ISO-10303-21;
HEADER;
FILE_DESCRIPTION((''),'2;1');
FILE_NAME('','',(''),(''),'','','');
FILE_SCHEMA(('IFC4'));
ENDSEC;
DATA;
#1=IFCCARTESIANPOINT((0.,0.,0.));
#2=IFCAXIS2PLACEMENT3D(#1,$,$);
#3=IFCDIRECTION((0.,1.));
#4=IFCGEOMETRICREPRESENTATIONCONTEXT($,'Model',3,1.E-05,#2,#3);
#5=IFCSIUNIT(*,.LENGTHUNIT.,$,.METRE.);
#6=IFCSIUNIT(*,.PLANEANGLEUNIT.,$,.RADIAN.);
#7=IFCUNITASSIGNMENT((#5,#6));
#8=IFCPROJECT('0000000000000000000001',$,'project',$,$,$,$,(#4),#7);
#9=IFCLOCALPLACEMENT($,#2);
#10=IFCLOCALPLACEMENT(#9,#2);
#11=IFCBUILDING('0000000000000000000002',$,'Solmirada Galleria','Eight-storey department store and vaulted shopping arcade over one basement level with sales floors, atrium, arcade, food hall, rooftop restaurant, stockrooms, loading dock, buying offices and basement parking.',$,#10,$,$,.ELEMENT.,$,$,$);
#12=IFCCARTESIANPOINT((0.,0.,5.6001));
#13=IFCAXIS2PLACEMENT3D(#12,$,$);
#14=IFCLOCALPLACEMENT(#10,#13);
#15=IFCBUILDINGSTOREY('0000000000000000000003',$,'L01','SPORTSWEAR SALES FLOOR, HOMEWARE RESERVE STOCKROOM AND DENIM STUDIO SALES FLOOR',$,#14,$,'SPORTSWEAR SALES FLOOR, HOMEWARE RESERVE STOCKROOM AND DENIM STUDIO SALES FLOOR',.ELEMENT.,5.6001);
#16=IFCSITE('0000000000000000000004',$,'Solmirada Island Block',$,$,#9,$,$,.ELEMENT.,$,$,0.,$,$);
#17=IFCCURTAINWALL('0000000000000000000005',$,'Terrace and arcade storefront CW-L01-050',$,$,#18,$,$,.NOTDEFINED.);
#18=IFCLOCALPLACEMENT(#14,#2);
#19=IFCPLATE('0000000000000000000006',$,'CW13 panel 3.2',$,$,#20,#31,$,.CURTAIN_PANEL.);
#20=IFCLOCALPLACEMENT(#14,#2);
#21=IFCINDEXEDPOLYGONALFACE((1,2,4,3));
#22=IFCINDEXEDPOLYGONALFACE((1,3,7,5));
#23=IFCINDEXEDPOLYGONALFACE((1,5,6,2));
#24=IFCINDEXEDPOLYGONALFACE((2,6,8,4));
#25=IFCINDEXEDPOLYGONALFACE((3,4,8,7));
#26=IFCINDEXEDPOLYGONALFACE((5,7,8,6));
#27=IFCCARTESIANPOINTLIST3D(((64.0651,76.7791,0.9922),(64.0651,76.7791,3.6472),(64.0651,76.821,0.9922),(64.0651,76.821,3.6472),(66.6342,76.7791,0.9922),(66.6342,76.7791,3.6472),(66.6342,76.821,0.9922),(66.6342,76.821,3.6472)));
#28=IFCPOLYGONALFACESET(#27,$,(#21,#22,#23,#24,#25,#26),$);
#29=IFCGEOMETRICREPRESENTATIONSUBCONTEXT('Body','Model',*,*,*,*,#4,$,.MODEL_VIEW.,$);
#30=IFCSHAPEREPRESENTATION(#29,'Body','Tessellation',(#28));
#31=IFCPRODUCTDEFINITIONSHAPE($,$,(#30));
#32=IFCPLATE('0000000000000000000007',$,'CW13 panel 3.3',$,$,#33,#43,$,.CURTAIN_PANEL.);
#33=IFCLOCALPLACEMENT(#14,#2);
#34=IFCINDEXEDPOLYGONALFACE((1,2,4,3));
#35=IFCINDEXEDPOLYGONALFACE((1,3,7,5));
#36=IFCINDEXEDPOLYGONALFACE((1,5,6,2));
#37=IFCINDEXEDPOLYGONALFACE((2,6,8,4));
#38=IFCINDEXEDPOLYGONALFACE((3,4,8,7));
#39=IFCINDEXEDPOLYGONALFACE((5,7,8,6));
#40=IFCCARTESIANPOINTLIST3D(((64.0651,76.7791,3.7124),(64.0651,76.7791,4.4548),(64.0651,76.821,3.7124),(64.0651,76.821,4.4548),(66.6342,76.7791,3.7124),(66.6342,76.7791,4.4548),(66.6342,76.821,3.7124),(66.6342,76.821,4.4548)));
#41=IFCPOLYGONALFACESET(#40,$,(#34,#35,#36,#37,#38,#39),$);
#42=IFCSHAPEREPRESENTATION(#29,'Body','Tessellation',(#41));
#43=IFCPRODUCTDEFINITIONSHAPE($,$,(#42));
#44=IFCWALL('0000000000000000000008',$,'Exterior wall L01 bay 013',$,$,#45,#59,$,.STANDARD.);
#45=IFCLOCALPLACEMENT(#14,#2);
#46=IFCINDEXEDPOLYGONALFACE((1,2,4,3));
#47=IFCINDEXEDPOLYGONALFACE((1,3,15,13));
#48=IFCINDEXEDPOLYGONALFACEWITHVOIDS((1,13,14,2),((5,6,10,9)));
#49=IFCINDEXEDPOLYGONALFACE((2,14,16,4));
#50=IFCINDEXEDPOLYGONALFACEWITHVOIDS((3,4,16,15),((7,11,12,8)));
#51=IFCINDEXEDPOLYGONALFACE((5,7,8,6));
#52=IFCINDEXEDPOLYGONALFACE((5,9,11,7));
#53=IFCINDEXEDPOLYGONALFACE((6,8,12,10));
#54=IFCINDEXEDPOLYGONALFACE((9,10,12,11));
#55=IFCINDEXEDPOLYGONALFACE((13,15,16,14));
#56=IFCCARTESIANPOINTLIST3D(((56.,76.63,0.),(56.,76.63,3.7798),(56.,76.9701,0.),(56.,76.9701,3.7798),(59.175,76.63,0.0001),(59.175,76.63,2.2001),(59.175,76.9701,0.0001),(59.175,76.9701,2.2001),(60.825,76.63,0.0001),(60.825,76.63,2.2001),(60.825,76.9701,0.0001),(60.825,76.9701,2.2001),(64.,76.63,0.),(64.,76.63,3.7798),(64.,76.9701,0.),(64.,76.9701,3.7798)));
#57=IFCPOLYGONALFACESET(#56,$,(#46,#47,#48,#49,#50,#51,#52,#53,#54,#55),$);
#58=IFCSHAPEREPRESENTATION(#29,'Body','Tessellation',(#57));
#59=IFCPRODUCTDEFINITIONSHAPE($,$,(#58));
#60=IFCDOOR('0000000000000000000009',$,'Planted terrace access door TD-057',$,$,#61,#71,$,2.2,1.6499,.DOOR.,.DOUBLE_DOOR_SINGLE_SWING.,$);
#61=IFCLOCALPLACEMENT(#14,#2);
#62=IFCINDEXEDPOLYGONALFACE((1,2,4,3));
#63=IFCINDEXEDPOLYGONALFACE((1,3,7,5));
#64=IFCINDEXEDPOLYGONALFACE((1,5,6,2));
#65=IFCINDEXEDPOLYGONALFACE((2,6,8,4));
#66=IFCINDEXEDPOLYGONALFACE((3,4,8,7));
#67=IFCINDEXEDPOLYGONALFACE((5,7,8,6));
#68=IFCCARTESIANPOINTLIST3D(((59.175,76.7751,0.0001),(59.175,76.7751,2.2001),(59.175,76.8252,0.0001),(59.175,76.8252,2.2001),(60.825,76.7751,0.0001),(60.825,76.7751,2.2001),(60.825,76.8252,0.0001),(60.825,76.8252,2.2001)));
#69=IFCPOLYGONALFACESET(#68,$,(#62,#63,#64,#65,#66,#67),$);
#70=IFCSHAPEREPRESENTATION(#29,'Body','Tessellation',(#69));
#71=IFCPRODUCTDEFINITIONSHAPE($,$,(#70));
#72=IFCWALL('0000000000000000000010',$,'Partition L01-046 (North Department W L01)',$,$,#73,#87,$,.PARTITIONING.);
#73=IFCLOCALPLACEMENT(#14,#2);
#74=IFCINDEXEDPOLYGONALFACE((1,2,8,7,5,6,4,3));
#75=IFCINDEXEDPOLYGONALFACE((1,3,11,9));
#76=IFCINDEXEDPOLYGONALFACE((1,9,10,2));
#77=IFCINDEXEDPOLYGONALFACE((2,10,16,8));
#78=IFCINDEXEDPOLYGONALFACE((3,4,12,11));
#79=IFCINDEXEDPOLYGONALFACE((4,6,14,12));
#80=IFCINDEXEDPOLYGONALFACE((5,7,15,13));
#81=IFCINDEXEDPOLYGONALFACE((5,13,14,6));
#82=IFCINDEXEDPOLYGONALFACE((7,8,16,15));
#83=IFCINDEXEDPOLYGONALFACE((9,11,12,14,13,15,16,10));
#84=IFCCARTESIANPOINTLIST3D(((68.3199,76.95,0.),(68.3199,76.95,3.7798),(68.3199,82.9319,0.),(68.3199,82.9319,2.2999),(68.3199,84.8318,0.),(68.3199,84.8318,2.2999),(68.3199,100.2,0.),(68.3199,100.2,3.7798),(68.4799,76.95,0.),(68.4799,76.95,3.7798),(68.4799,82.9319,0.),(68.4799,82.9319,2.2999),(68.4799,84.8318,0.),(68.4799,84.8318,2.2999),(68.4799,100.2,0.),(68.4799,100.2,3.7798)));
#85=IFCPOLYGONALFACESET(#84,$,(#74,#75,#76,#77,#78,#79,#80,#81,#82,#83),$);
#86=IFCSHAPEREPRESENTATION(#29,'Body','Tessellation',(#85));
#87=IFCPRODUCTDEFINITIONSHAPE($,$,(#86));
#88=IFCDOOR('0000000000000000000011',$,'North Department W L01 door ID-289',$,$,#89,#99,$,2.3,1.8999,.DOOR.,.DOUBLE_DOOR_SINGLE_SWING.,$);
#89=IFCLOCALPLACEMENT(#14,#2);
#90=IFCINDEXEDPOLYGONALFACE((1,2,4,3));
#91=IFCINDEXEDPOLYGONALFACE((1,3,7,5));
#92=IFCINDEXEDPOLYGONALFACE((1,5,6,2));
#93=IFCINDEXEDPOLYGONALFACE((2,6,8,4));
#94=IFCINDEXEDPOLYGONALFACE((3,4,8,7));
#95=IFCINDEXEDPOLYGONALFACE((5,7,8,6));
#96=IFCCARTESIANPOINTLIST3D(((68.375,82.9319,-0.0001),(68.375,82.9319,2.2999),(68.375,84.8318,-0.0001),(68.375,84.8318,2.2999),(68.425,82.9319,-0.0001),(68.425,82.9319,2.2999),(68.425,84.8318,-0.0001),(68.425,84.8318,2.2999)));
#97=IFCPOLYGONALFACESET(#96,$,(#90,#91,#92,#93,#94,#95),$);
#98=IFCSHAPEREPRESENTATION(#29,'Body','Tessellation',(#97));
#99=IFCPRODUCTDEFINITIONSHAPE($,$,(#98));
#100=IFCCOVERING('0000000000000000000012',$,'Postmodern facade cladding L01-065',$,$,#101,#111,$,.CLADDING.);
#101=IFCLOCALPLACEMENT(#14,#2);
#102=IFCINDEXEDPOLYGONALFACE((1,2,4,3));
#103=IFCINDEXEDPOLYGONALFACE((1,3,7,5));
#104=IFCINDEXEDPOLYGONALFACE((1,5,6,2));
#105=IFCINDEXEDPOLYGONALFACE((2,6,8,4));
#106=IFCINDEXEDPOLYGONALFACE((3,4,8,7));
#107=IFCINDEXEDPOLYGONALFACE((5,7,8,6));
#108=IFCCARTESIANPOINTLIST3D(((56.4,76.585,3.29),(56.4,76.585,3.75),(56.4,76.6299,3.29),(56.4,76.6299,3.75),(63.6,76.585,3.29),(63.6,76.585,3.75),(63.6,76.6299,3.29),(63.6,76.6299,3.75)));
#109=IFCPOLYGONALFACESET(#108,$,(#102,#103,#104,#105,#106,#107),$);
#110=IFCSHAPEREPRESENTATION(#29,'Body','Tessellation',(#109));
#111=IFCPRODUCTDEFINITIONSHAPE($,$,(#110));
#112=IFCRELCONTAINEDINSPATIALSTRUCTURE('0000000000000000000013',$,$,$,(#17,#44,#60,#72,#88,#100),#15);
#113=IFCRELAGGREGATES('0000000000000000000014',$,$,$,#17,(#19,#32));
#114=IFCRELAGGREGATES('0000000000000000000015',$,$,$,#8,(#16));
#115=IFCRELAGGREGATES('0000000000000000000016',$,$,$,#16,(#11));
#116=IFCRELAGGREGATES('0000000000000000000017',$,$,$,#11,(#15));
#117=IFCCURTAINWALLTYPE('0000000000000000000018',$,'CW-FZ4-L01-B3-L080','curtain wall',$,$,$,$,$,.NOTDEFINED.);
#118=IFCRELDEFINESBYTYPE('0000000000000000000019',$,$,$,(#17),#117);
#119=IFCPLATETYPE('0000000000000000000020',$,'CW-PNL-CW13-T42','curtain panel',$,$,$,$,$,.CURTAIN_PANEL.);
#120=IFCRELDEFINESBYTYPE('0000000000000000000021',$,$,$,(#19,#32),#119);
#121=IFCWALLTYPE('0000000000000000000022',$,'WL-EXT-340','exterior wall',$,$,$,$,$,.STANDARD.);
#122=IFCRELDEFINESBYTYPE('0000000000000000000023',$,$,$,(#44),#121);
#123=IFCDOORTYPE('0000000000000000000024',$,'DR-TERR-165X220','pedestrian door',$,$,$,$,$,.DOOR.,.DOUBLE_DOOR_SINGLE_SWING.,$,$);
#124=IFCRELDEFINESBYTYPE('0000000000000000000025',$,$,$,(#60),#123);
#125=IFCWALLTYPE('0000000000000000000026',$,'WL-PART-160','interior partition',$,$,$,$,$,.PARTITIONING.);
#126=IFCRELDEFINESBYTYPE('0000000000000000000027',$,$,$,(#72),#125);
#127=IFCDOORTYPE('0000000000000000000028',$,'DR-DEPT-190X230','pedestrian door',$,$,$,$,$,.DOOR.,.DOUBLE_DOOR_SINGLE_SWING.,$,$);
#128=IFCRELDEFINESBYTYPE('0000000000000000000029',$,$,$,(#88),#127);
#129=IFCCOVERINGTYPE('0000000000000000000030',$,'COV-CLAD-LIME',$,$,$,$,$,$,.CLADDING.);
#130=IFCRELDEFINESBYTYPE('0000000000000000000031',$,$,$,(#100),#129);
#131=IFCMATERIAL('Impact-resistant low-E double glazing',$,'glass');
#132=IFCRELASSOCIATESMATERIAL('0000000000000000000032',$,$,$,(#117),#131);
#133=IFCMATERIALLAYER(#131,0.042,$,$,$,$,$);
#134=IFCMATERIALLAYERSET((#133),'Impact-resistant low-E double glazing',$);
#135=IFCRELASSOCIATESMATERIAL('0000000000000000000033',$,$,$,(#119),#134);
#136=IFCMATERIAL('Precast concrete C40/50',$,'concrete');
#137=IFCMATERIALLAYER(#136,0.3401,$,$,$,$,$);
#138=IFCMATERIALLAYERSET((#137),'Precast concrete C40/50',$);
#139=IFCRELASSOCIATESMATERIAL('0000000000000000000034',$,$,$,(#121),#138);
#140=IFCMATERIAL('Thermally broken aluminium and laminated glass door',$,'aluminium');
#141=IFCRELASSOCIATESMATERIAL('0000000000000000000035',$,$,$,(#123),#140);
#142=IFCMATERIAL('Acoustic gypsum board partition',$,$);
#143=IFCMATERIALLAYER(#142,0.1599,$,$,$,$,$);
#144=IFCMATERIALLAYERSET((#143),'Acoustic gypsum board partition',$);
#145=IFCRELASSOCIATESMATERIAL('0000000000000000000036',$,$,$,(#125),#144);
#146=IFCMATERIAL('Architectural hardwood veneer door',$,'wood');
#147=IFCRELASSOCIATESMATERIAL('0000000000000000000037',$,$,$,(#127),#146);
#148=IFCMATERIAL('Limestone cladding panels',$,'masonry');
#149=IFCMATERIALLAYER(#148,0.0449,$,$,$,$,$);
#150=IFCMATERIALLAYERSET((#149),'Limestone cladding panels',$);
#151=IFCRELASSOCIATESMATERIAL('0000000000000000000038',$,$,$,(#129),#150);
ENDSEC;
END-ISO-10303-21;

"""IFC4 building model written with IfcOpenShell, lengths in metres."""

from ifc_helpers import new_model, si_unit, direction, frame, frame_2d, origin, origin_2d, place, context, subcontext, project, spatial, rectangle, extrude, material, layer, layer_set, type_object, element, fill, aggregate, save


model = new_model("IFC4")

# Units and contexts
model_context = context("Model", 3, precision=1e-05, world=origin(), true_north=direction((0.0, 1.0)))
body_context = subcontext(model_context, "Body", "Model", "MODEL_VIEW")
ifc_project = project(units=[si_unit("LENGTHUNIT", "METRE"), si_unit("PLANEANGLEUNIT", "RADIAN")], contexts=[model_context])

# Site, building, storey
site_placement = place(None, origin())
site = spatial("IfcSite", under=ifc_project, at=site_placement, Name="Solmirada Island Block", CompositionType="ELEMENT", RefElevation=0.0)
building_placement = place(site_placement, origin())
building = spatial("IfcBuilding", under=site, at=building_placement, Name="Solmirada Galleria", Description="Eight-storey department store and vaulted shopping arcade over one basement level with sales floors, atrium, arcade, food hall, rooftop restaurant, stockrooms, loading dock, buying offices and basement parking.", CompositionType="ELEMENT")
storey_placement = place(building_placement, frame((0.0, 0.0, 5.6001)))
storey = spatial("IfcBuildingStorey", under=building, at=storey_placement, Name="L01", Description="SPORTSWEAR SALES FLOOR, HOMEWARE RESERVE STOCKROOM AND DENIM STUDIO SALES FLOOR", LongName="SPORTSWEAR SALES FLOOR, HOMEWARE RESERVE STOCKROOM AND DENIM STUDIO SALES FLOOR", CompositionType="ELEMENT", Elevation=5.6001)

# Curtain wall, plates
ifc_material_1 = material(Name="Impact-resistant low-E double glazing", Category="glass")
curtain_wall_type = type_object("IfcCurtainWallType", Name="CW-FZ4-L01-B3-L080", Description="curtain wall", PredefinedType="NOTDEFINED", material=ifc_material_1)
curtain_wall_placement = place(storey_placement, origin())
curtain_wall = element("IfcCurtainWall", 1, at=curtain_wall_placement, inside=storey, type_object=curtain_wall_type, Name="Terrace and arcade storefront CW-L01-050", PredefinedType="NOTDEFINED")
ifc_layer_1 = layer(ifc_material_1, 0.042)
ifc_layer_set_1 = layer_set([ifc_layer_1], Name="Impact-resistant low-E double glazing")
plate_type = type_object("IfcPlateType", Name="CW-PNL-CW13-T42", Description="curtain panel", PredefinedType="CURTAIN_PANEL", material=ifc_layer_set_1)
plate_1_placement = place(storey_placement, frame((65.3496, 76.8, 0.9922), z_axis=(0.0, 0.0, 1.0), x_axis=(-1.0, 0.0, 0.0)))
plate_1 = element("IfcPlate", 2, at=plate_1_placement, type_object=plate_type, Name="CW13 panel 3.2", PredefinedType="CURTAIN_PANEL", context=body_context, shape_type="SweptSolid", body=[
    extrude(rectangle(XDim=2.5691, YDim=0.042, at=origin_2d()), origin(), (0.0, 0.0, 1.0), 2.655),
])
plate_2_placement = place(storey_placement, frame((65.3496, 76.8, 3.7124), z_axis=(0.0, 0.0, 1.0), x_axis=(-1.0, 0.0, 0.0)))
plate_2 = element("IfcPlate", 3, at=plate_2_placement, type_object=plate_type, Name="CW13 panel 3.3", PredefinedType="CURTAIN_PANEL", context=body_context, shape_type="SweptSolid", body=[
    extrude(rectangle(XDim=2.5691, YDim=0.042, at=origin_2d()), origin(), (0.0, 0.0, 1.0), 0.7424),
])
aggregate(curtain_wall, [plate_1, plate_2])

# Walls, openings, doors
ifc_material_2 = material(Name="Precast concrete C40/50", Category="concrete")
ifc_layer_2 = layer(ifc_material_2, 0.3401)
ifc_layer_set_2 = layer_set([ifc_layer_2], Name="Precast concrete C40/50")
wall_type_1 = type_object("IfcWallType", Name="WL-EXT-340", Description="exterior wall", PredefinedType="STANDARD", material=ifc_layer_set_2)
wall_1_placement = place(storey_placement, frame((64.0, 76.8, 0.0), z_axis=(0.0, 0.0, 1.0), x_axis=(-1.0, 0.0, 0.0)))
wall_1 = element("IfcWall", 4, at=wall_1_placement, inside=storey, type_object=wall_type_1, Name="Exterior wall L01 bay 013", PredefinedType="STANDARD", context=body_context, shape_type="SweptSolid", body=[
    extrude(rectangle(XDim=8.0, YDim=0.3401, at=frame_2d((4.0, 0.0))), origin(), (0.0, 0.0, 1.0), 3.7798),
])
opening_1_placement = place(wall_1_placement, frame((3.175, 0.0, 0.0)))
opening_1 = element("IfcOpeningElement", 5, at=opening_1_placement, cuts=wall_1, PredefinedType="OPENING", context=body_context, shape_type="SweptSolid", body=[
    extrude(rectangle(XDim=1.6499, YDim=2.2, at=frame_2d((0.825, 1.1001))), frame((0.0, 0.1799, 0.0), z_axis=(0.0, -1.0, 0.0), x_axis=(1.0, 0.0, 0.0)), (0.0, 0.0, 1.0), 0.3601),
])
ifc_material_3 = material(Name="Thermally broken aluminium and laminated glass door", Category="aluminium")
door_type_1 = type_object("IfcDoorType", Name="DR-TERR-165X220", Description="pedestrian door", OperationType="DOUBLE_DOOR_SINGLE_SWING", PredefinedType="DOOR", material=ifc_material_3)
door_1_placement = place(opening_1_placement, origin())
door_1 = element("IfcDoor", 6, at=door_1_placement, inside=storey, type_object=door_type_1, Name="Planted terrace access door TD-057", OperationType="DOUBLE_DOOR_SINGLE_SWING", OverallHeight=2.2, OverallWidth=1.6499, PredefinedType="DOOR", context=body_context, shape_type="SweptSolid", body=[
    extrude(rectangle(XDim=1.6499, YDim=2.2, at=frame_2d((0.825, 1.1001))), frame((0.0, 0.0249, 0.0), z_axis=(0.0, -1.0, 0.0), x_axis=(1.0, 0.0, 0.0)), (0.0, 0.0, 1.0), 0.05),
])
fill(opening_1, door_1)
ifc_material_4 = material(Name="Acoustic gypsum board partition")
ifc_layer_3 = layer(ifc_material_4, 0.1599)
ifc_layer_set_3 = layer_set([ifc_layer_3], Name="Acoustic gypsum board partition")
wall_type_2 = type_object("IfcWallType", Name="WL-PART-160", Description="interior partition", PredefinedType="PARTITIONING", material=ifc_layer_set_3)
wall_2_placement = place(storey_placement, frame((68.3999, 76.95, 0.0), z_axis=(0.0, 0.0, 1.0), x_axis=(0.0, 1.0, 0.0)))
wall_2 = element("IfcWall", 7, at=wall_2_placement, inside=storey, type_object=wall_type_2, Name="Partition L01-046 (North Department W L01)", PredefinedType="PARTITIONING", context=body_context, shape_type="SweptSolid", body=[
    extrude(rectangle(XDim=23.25, YDim=0.1599, at=frame_2d((11.625, 0.0))), origin(), (0.0, 0.0, 1.0), 3.7798),
])
opening_2_placement = place(wall_2_placement, frame((5.9819, 0.0, 0.0)))
opening_2 = element("IfcOpeningElement", 8, at=opening_2_placement, cuts=wall_2, PredefinedType="OPENING", context=body_context, shape_type="SweptSolid", body=[
    extrude(rectangle(XDim=1.8999, YDim=2.3, at=frame_2d((0.95, 1.1499))), frame((0.0, 0.0898, 0.0), z_axis=(0.0, -1.0, 0.0), x_axis=(1.0, 0.0, 0.0)), (0.0, 0.0, 1.0), 0.1799),
])
ifc_material_5 = material(Name="Architectural hardwood veneer door", Category="wood")
door_type_2 = type_object("IfcDoorType", Name="DR-DEPT-190X230", Description="pedestrian door", OperationType="DOUBLE_DOOR_SINGLE_SWING", PredefinedType="DOOR", material=ifc_material_5)
door_2_placement = place(opening_2_placement, origin())
door_2 = element("IfcDoor", 9, at=door_2_placement, inside=storey, type_object=door_type_2, Name="North Department W L01 door ID-289", OperationType="DOUBLE_DOOR_SINGLE_SWING", OverallHeight=2.3, OverallWidth=1.8999, PredefinedType="DOOR", context=body_context, shape_type="SweptSolid", body=[
    extrude(rectangle(XDim=1.8999, YDim=2.3, at=frame_2d((0.95, 1.1499))), frame((0.0, 0.0249, 0.0), z_axis=(0.0, -1.0, 0.0), x_axis=(1.0, 0.0, 0.0)), (0.0, 0.0, 1.0), 0.05),
])
fill(opening_2, door_2)

# Covering
ifc_material_6 = material(Name="Limestone cladding panels", Category="masonry")
ifc_layer_4 = layer(ifc_material_6, 0.0449)
ifc_layer_set_4 = layer_set([ifc_layer_4], Name="Limestone cladding panels")
covering_type = type_object("IfcCoveringType", Name="COV-CLAD-LIME", PredefinedType="CLADDING", material=ifc_layer_set_4)
covering_placement = place(storey_placement, frame((60.0, 76.6074, 3.29), z_axis=(0.0, 0.0, 1.0), x_axis=(-1.0, 0.0, 0.0)))
element("IfcCovering", 10, at=covering_placement, inside=storey, type_object=covering_type, Name="Postmodern facade cladding L01-065", PredefinedType="CLADDING", context=body_context, shape_type="SweptSolid", body=[
    extrude(rectangle(XDim=7.2, YDim=0.0449, at=origin_2d()), origin(), (0.0, 0.0, 1.0), 0.46),
])

save(model, "model.ifc")
